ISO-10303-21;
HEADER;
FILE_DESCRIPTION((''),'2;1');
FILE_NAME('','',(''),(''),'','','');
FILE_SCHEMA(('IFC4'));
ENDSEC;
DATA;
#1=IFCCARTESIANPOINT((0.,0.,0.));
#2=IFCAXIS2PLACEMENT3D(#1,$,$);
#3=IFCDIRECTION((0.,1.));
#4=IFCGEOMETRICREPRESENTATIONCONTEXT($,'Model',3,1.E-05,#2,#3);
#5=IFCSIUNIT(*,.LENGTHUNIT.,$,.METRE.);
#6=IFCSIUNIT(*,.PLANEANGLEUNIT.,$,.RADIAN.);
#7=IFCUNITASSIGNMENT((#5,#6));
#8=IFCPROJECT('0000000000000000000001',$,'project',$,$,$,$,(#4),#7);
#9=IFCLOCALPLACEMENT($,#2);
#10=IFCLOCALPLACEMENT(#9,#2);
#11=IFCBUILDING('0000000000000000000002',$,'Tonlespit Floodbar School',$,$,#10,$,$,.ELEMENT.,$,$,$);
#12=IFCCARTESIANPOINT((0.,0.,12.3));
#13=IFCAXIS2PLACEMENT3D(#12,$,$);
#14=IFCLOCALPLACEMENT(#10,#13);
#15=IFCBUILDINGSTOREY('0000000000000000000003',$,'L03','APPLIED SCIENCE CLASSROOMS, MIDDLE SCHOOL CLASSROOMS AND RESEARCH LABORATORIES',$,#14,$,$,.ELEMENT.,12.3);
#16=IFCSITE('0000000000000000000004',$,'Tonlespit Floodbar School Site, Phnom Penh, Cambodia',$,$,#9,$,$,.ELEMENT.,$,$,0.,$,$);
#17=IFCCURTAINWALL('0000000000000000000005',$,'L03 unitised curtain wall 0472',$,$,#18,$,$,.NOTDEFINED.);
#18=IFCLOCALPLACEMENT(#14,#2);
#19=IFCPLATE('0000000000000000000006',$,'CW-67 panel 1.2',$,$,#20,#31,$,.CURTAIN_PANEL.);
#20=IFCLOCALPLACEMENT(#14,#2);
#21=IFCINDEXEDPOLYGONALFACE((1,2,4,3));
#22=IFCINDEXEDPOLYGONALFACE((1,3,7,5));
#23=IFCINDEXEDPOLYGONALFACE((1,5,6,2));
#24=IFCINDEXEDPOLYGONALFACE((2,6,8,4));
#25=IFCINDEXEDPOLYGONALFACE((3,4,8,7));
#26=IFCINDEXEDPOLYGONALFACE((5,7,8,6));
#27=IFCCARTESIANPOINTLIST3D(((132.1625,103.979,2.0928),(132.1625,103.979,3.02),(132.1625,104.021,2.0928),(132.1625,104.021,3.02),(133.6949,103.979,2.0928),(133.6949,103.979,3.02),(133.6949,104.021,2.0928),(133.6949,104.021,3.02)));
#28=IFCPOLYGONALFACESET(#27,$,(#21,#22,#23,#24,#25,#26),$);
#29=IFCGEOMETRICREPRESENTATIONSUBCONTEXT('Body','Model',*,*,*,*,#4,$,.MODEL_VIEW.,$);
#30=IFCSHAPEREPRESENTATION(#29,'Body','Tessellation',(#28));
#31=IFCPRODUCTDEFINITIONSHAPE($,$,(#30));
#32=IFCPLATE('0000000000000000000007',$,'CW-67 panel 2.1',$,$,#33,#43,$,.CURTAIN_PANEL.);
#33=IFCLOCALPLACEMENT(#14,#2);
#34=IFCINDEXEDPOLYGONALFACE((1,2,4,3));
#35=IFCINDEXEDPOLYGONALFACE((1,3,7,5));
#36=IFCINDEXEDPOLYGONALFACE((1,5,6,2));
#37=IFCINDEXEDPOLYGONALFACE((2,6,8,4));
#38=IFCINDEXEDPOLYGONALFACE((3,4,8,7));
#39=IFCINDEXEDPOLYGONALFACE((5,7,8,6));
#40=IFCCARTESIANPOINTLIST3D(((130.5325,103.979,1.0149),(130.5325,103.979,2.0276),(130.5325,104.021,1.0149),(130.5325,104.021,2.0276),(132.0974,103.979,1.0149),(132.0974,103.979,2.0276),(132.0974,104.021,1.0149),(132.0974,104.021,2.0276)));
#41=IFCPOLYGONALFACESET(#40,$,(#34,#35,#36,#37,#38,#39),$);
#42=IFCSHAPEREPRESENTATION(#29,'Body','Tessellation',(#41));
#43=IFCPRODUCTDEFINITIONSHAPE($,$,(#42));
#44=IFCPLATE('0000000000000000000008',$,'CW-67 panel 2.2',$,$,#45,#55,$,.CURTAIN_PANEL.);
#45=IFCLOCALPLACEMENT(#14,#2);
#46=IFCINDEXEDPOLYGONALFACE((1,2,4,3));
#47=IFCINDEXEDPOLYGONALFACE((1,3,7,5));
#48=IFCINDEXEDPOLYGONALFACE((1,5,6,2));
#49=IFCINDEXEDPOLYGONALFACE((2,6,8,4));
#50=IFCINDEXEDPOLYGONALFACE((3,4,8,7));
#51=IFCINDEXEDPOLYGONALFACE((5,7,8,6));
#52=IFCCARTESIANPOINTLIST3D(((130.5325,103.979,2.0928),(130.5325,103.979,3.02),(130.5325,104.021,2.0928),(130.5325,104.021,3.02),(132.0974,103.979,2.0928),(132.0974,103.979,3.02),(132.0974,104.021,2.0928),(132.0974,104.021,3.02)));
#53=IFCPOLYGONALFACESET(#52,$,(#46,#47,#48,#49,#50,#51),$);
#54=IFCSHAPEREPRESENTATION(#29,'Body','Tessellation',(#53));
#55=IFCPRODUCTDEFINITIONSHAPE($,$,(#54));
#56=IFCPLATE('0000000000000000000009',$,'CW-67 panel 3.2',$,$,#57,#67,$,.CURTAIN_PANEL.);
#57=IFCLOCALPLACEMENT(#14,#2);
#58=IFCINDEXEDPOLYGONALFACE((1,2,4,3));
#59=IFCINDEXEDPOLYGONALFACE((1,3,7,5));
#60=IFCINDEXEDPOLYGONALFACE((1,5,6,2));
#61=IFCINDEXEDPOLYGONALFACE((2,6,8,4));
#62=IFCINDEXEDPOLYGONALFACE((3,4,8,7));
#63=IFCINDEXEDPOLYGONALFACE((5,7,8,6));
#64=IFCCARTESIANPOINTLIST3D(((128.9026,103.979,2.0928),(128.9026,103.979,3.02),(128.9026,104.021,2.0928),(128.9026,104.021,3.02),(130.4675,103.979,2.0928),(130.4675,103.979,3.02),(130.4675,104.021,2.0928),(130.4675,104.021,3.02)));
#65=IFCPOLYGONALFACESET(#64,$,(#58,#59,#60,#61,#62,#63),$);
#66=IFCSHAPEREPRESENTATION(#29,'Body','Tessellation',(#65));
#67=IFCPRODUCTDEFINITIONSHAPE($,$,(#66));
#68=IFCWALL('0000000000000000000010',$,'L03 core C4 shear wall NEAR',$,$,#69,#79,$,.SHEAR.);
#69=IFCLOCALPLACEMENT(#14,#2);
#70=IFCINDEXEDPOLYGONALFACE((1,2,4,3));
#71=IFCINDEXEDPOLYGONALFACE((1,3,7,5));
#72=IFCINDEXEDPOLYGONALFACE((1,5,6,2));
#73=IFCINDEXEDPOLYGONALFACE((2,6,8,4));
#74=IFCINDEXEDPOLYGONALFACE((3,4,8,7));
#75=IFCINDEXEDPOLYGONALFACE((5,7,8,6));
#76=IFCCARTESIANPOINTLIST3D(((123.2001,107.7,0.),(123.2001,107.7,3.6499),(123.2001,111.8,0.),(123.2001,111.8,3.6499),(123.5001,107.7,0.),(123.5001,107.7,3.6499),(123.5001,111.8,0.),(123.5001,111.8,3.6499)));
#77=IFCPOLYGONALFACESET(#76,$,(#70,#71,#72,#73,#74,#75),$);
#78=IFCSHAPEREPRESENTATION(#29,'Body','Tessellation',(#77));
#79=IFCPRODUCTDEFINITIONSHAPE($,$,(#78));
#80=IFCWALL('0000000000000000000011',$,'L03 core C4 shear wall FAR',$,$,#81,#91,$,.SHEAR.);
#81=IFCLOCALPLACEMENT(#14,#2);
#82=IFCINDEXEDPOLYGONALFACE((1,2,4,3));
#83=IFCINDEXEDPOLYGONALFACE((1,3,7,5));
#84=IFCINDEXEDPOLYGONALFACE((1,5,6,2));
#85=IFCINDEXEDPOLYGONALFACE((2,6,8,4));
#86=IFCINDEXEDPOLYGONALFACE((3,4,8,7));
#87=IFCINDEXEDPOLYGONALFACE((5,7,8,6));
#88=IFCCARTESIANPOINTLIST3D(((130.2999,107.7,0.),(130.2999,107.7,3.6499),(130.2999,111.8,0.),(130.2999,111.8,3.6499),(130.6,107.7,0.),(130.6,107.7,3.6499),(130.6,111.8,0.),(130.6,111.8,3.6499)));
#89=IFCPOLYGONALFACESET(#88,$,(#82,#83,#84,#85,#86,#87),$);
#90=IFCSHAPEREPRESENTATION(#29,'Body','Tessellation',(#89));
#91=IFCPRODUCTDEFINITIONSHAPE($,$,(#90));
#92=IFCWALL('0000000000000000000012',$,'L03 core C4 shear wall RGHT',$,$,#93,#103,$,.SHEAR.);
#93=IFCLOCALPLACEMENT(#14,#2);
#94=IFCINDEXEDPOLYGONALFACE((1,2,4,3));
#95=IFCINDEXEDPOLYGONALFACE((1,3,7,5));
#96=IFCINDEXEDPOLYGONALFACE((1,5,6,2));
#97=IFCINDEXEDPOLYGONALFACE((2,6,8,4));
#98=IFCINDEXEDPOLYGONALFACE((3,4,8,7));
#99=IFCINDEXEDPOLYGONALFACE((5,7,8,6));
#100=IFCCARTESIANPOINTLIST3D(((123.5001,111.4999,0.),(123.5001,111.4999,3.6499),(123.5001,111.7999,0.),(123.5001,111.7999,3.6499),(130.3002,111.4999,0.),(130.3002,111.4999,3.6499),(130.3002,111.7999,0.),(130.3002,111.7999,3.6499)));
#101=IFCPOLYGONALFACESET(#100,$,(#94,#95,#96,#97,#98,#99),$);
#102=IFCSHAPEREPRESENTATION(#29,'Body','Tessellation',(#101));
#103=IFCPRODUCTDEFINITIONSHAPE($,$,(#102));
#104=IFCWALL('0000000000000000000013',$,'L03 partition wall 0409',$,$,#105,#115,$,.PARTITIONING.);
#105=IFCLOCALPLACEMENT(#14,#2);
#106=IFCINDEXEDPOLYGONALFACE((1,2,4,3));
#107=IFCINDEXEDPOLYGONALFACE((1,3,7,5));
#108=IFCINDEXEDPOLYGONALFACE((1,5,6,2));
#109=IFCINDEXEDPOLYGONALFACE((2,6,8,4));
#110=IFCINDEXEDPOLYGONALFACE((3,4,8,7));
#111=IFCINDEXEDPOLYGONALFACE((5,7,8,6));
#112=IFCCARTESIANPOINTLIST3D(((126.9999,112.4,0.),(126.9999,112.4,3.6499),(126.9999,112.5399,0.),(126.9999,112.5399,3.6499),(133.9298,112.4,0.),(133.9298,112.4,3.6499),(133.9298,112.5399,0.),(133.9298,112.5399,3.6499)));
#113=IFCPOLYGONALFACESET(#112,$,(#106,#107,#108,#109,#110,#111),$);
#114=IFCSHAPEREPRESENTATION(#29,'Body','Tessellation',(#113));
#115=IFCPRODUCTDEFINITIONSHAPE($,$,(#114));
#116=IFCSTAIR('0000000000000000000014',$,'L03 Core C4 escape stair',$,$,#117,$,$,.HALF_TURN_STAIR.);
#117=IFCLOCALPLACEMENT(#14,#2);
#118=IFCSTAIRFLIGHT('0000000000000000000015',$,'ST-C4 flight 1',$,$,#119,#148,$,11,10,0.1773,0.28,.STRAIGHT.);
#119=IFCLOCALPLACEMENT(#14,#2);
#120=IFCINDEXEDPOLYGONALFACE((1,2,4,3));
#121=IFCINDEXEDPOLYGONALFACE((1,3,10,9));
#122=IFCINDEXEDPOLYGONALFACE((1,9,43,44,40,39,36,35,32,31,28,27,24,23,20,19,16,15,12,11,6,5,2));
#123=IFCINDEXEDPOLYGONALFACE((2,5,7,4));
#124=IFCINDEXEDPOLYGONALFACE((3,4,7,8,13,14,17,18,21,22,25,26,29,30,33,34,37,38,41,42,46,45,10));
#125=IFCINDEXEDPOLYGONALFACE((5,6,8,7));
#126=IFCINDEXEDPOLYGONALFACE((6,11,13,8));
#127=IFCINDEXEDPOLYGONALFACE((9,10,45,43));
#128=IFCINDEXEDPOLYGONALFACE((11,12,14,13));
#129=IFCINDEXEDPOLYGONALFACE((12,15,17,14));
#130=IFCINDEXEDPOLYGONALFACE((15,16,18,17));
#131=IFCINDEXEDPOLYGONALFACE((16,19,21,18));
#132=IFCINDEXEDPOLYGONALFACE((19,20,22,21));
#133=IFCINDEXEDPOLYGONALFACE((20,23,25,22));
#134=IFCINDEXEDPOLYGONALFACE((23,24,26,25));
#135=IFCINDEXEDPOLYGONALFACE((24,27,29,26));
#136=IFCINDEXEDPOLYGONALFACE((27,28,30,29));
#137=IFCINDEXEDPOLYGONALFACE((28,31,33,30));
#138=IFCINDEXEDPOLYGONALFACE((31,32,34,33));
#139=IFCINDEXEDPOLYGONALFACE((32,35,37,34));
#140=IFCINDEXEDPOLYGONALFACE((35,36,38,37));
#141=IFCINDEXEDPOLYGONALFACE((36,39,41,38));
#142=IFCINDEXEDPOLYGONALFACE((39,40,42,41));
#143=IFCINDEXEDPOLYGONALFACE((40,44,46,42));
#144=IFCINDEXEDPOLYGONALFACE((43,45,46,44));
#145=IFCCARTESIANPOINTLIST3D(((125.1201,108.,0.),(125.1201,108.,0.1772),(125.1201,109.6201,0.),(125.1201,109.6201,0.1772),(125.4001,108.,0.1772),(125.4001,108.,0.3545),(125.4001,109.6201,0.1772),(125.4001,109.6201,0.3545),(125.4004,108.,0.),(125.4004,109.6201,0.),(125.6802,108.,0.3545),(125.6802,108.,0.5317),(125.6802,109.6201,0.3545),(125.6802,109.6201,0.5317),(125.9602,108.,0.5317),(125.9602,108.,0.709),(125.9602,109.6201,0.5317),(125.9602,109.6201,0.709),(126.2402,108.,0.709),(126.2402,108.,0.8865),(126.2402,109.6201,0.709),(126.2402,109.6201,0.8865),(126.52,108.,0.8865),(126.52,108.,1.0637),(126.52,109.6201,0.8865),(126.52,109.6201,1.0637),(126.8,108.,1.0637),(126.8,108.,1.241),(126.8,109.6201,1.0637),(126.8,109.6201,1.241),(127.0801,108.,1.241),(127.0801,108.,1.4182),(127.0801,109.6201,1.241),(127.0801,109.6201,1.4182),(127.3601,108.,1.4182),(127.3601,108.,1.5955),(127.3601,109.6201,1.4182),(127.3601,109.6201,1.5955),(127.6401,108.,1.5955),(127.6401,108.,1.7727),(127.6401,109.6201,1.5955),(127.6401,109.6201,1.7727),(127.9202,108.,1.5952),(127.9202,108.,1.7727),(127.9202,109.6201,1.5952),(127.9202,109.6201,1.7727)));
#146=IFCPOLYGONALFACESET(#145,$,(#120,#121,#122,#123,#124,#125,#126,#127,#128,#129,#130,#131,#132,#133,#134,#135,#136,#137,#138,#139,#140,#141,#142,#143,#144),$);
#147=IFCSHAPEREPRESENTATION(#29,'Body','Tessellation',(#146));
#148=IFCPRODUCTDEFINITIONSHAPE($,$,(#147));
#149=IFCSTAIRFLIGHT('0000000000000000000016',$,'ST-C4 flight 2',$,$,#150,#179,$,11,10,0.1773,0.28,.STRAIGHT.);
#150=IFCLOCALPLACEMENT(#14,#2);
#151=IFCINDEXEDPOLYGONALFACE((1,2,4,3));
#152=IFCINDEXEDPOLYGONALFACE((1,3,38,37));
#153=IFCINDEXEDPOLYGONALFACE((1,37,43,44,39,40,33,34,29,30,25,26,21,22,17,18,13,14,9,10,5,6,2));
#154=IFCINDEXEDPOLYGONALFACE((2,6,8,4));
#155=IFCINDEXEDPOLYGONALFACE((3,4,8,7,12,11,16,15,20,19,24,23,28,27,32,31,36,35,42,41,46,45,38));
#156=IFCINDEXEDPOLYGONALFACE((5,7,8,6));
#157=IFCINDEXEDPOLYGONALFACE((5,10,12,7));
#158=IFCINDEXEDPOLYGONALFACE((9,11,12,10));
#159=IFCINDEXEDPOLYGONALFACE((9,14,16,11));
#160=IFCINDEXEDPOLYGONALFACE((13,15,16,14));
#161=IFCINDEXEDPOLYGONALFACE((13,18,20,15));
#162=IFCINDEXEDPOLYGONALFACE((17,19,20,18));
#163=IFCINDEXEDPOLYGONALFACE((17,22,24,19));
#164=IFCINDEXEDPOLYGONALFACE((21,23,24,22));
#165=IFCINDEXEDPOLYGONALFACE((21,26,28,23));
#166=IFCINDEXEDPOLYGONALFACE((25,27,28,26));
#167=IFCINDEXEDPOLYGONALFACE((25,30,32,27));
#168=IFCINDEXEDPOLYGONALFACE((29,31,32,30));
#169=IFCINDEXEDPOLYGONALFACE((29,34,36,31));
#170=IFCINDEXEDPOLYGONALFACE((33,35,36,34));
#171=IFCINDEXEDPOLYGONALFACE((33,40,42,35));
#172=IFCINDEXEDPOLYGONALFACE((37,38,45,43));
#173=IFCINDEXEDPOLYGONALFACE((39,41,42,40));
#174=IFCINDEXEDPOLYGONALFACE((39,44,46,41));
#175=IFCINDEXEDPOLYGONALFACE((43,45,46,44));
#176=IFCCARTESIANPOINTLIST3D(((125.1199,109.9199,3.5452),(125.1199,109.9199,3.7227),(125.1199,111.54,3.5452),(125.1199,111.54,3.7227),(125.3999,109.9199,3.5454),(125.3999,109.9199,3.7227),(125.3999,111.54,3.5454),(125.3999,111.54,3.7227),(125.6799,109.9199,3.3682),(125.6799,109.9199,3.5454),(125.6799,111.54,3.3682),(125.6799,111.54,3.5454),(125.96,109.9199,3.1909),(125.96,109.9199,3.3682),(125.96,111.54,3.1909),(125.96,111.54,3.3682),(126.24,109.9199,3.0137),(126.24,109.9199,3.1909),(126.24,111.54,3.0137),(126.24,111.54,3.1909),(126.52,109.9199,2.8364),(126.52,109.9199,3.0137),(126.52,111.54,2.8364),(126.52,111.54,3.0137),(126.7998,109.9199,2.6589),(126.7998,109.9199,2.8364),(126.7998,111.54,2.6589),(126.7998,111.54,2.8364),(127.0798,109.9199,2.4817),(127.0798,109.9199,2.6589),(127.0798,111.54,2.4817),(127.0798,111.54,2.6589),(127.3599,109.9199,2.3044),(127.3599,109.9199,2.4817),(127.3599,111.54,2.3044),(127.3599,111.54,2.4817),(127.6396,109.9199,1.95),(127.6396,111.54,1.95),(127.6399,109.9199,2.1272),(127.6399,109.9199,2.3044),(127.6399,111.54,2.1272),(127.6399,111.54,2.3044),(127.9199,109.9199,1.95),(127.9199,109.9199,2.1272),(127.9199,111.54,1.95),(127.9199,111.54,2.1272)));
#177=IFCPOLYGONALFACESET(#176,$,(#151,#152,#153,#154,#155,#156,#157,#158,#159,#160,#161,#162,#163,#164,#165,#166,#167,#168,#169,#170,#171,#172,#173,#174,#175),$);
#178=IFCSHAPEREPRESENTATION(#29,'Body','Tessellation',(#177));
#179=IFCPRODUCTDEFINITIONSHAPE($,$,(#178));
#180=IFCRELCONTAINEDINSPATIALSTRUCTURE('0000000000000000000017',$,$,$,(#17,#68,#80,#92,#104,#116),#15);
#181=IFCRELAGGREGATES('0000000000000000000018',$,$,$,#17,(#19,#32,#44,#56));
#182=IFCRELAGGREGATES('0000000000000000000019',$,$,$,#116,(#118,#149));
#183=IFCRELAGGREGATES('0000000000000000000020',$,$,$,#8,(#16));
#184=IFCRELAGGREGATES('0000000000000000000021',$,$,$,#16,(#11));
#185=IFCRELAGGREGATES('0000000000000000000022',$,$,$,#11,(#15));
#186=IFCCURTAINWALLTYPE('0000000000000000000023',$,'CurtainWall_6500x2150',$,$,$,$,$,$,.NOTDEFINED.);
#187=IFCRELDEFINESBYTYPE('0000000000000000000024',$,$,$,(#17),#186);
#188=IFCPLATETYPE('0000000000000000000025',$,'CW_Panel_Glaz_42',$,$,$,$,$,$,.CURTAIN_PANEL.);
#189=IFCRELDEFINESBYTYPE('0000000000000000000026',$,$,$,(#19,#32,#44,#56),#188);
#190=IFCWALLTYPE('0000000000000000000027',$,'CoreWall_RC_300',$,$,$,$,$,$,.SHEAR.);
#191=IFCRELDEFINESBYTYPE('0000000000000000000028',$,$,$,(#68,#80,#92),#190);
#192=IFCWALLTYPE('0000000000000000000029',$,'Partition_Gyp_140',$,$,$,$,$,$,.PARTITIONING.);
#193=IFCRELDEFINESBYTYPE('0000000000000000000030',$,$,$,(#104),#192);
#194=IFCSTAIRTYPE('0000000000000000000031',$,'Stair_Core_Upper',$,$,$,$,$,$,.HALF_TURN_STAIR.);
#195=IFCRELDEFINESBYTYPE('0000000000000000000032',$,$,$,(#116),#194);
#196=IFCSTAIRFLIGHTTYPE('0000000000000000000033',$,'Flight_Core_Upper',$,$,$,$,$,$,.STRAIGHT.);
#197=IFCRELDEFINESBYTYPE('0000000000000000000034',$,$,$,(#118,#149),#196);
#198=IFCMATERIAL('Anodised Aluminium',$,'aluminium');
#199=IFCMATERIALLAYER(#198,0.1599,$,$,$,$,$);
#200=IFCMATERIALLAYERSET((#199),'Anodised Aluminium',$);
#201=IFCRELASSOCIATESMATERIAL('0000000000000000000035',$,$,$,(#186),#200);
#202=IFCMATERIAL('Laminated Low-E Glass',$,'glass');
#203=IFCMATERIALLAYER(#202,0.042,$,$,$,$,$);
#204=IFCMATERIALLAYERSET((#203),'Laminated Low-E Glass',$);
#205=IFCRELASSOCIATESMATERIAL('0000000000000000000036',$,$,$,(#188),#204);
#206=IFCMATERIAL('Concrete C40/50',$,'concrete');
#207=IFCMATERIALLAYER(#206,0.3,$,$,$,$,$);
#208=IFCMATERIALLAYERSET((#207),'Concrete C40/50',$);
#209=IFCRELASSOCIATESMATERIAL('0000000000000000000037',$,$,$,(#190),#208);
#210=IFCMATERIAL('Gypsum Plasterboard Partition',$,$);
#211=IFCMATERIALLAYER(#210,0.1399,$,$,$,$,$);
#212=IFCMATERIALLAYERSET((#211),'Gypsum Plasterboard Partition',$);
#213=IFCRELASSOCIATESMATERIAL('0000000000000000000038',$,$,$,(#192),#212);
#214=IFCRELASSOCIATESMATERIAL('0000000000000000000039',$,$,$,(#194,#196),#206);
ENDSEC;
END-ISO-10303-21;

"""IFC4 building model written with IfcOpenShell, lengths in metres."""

from ifc_helpers import new_model, si_unit, direction, frame, frame_2d, origin, origin_2d, place, context, subcontext, project, spatial, polyline, rectangle, outline, extrude, material, layer, layer_set, type_object, element, aggregate, save


model = new_model("IFC4")

# Units and contexts
model_context = context("Model", 3, precision=1e-05, world=origin(), true_north=direction((0.0, 1.0)))
body_context = subcontext(model_context, "Body", "Model", "MODEL_VIEW")
ifc_project = project(units=[si_unit("LENGTHUNIT", "METRE"), si_unit("PLANEANGLEUNIT", "RADIAN")], contexts=[model_context])

# Site, building, storey
site_placement = place(None, origin())
site = spatial("IfcSite", under=ifc_project, at=site_placement, Name="Tonlespit Floodbar School Site, Phnom Penh, Cambodia", CompositionType="ELEMENT", RefElevation=0.0)
building_placement = place(site_placement, origin())
building = spatial("IfcBuilding", under=site, at=building_placement, Name="Tonlespit Floodbar School", CompositionType="ELEMENT")
storey_placement = place(building_placement, frame((0.0, 0.0, 12.3)))
storey = spatial("IfcBuildingStorey", under=building, at=storey_placement, Name="L03", Description="APPLIED SCIENCE CLASSROOMS, MIDDLE SCHOOL CLASSROOMS AND RESEARCH LABORATORIES", CompositionType="ELEMENT", Elevation=12.3)

# Curtain wall
ifc_material_1 = material(Name="Anodised Aluminium", Category="aluminium")
ifc_layer_1 = layer(ifc_material_1, 0.1599)
ifc_layer_set_1 = layer_set([ifc_layer_1], Name="Anodised Aluminium")
curtain_wall_type = type_object("IfcCurtainWallType", Name="CurtainWall_6500x2150", PredefinedType="NOTDEFINED", material=ifc_layer_set_1)
curtain_wall_placement = place(storey_placement, origin())
curtain_wall = element("IfcCurtainWall", 1, at=curtain_wall_placement, inside=storey, type_object=curtain_wall_type, Name="L03 unitised curtain wall 0472", PredefinedType="NOTDEFINED")

# Plates
ifc_material_2 = material(Name="Laminated Low-E Glass", Category="glass")
ifc_layer_2 = layer(ifc_material_2, 0.042)
ifc_layer_set_2 = layer_set([ifc_layer_2], Name="Laminated Low-E Glass")
plate_type = type_object("IfcPlateType", Name="CW_Panel_Glaz_42", PredefinedType="CURTAIN_PANEL", material=ifc_layer_set_2)
plate_1_placement = place(storey_placement, frame((132.9287, 104.0, 2.0928), z_axis=(0.0, 0.0, 1.0), x_axis=(-1.0, 0.0, 0.0)))
plate_1 = element("IfcPlate", 2, at=plate_1_placement, type_object=plate_type, Name="CW-67 panel 1.2", PredefinedType="CURTAIN_PANEL", context=body_context, shape_type="SweptSolid", body=[
    extrude(rectangle(XDim=1.5325, YDim=0.042, at=origin_2d()), origin(), (0.0, 0.0, 1.0), 0.9272),
])
plate_2_placement = place(storey_placement, frame((131.3149, 104.0, 1.0149), z_axis=(0.0, 0.0, 1.0), x_axis=(-1.0, 0.0, 0.0)))
plate_2 = element("IfcPlate", 3, at=plate_2_placement, type_object=plate_type, Name="CW-67 panel 2.1", PredefinedType="CURTAIN_PANEL", context=body_context, shape_type="SweptSolid", body=[
    extrude(rectangle(XDim=1.5649, YDim=0.042, at=origin_2d()), origin(), (0.0, 0.0, 1.0), 1.0127),
])
plate_3_placement = place(storey_placement, frame((131.3149, 104.0, 2.0928), z_axis=(0.0, 0.0, 1.0), x_axis=(-1.0, 0.0, 0.0)))
plate_3 = element("IfcPlate", 4, at=plate_3_placement, type_object=plate_type, Name="CW-67 panel 2.2", PredefinedType="CURTAIN_PANEL", context=body_context, shape_type="SweptSolid", body=[
    extrude(rectangle(XDim=1.5649, YDim=0.042, at=origin_2d()), origin(), (0.0, 0.0, 1.0), 0.9272),
])
plate_4_placement = place(storey_placement, frame((129.6851, 104.0, 2.0928), z_axis=(0.0, 0.0, 1.0), x_axis=(-1.0, 0.0, 0.0)))
plate_4 = element("IfcPlate", 5, at=plate_4_placement, type_object=plate_type, Name="CW-67 panel 3.2", PredefinedType="CURTAIN_PANEL", context=body_context, shape_type="SweptSolid", body=[
    extrude(rectangle(XDim=1.5649, YDim=0.042, at=origin_2d()), origin(), (0.0, 0.0, 1.0), 0.9272),
])
aggregate(curtain_wall, [plate_1, plate_2, plate_3, plate_4])

# Walls
ifc_material_3 = material(Name="Concrete C40/50", Category="concrete")
ifc_layer_3 = layer(ifc_material_3, 0.3)
ifc_layer_set_3 = layer_set([ifc_layer_3], Name="Concrete C40/50")
wall_type_1 = type_object("IfcWallType", Name="CoreWall_RC_300", PredefinedType="SHEAR", material=ifc_layer_set_3)
for number, where, z_axis, x_axis, name in (
    (6, (123.3501, 107.7, 0.0), (0.0, 0.0, 1.0), (0.0, 1.0, 0.0), "L03 core C4 shear wall NEAR"),
    (7, (130.45, 111.8, 0.0), (0.0, 0.0, 1.0), (0.0, -1.0, 0.0), "L03 core C4 shear wall FAR"),
):
    element("IfcWall", number, at=place(storey_placement, frame(where, z_axis=z_axis, x_axis=x_axis)), inside=storey, type_object=wall_type_1, Name=name, PredefinedType="SHEAR", context=body_context, shape_type="SweptSolid", body=[
        extrude(rectangle(XDim=4.1001, YDim=0.3, at=frame_2d((2.05, 0.0))), origin(), (0.0, 0.0, 1.0), 3.6499),
    ])

# Walls
wall_1_placement = place(storey_placement, frame((130.3, 111.6499, 0.0), z_axis=(0.0, 0.0, 1.0), x_axis=(-1.0, 0.0, 0.0)))
element("IfcWall", 8, at=wall_1_placement, inside=storey, type_object=wall_type_1, Name="L03 core C4 shear wall RGHT", PredefinedType="SHEAR", context=body_context, shape_type="SweptSolid", body=[
    extrude(rectangle(XDim=6.8, YDim=0.3, at=frame_2d((3.3999, 0.0))), origin(), (0.0, 0.0, 1.0), 3.6499),
])
ifc_material_4 = material(Name="Gypsum Plasterboard Partition")
ifc_layer_4 = layer(ifc_material_4, 0.1399)
ifc_layer_set_4 = layer_set([ifc_layer_4], Name="Gypsum Plasterboard Partition")
wall_type_2 = type_object("IfcWallType", Name="Partition_Gyp_140", PredefinedType="PARTITIONING", material=ifc_layer_set_4)
wall_2_placement = place(storey_placement, frame((127.0, 112.47, 0.0), z_axis=(0.0, 0.0, 1.0), x_axis=(1.0, 0.0, 0.0)))
element("IfcWall", 9, at=wall_2_placement, inside=storey, type_object=wall_type_2, Name="L03 partition wall 0409", PredefinedType="PARTITIONING", context=body_context, shape_type="SweptSolid", body=[
    extrude(rectangle(XDim=6.9299, YDim=0.1399, at=frame_2d((3.4648, 0.0))), origin(), (0.0, 0.0, 1.0), 3.6499),
])

# Stair, stair flights
stair_type = type_object("IfcStairType", Name="Stair_Core_Upper", PredefinedType="HALF_TURN_STAIR", material=ifc_material_3)
stair_placement = place(storey_placement, origin())
stair = element("IfcStair", 10, at=stair_placement, inside=storey, type_object=stair_type, Name="L03 Core C4 escape stair", PredefinedType="HALF_TURN_STAIR")
stair_flight_type = type_object("IfcStairFlightType", Name="Flight_Core_Upper", PredefinedType="STRAIGHT", material=ifc_material_3)
stair_flight_1_placement = place(storey_placement, frame((125.1201, 108.8101, 0.0), z_axis=(0.0, 0.0, 1.0), x_axis=(1.0, 0.0, 0.0)))
stair_flight_1 = element("IfcStairFlight", 11, at=stair_flight_1_placement, type_object=stair_flight_type, Name="ST-C4 flight 1", NumberOfRisers=11, NumberOfTreads=10, PredefinedType="STRAIGHT", RiserHeight=0.1773, TreadLength=0.28, context=body_context, shape_type="SweptSolid", body=[
    extrude(outline(polyline([(0.0, 0.0), (0.0, 0.1772), (0.28, 0.1772), (0.28, 0.3545), (0.5601, 0.3545), (0.5601, 0.5317), (0.8401, 0.5317), (0.8401, 0.709), (1.1201, 0.709), (1.1201, 0.8865), (1.3999, 0.8865), (1.3999, 1.0637), (1.6799, 1.0637), (1.6799, 1.241), (1.96, 1.241), (1.96, 1.4182), (2.24, 1.4182), (2.24, 1.5955), (2.52, 1.5955), (2.52, 1.7727), (2.8, 1.7727), (2.8, 1.95), (2.8, 1.5952), (0.2803, 0.0), (0.0, 0.0)])), frame((0.0, 0.8101, 0.0), z_axis=(0.0, -1.0, 0.0), x_axis=(1.0, 0.0, 0.0)), (0.0, 0.0, 1.0), 1.6201),
])
stair_flight_2_placement = place(storey_placement, frame((127.9199, 110.73, 1.95), z_axis=(0.0, 0.0, 1.0), x_axis=(-1.0, 0.0, 0.0)))
stair_flight_2 = element("IfcStairFlight", 12, at=stair_flight_2_placement, type_object=stair_flight_type, Name="ST-C4 flight 2", NumberOfRisers=11, NumberOfTreads=10, PredefinedType="STRAIGHT", RiserHeight=0.1773, TreadLength=0.28, context=body_context, shape_type="SweptSolid", body=[
    extrude(outline(polyline([(0.0, 0.0), (0.0, 0.1772), (0.28, 0.1772), (0.28, 0.3545), (0.5601, 0.3545), (0.5601, 0.5317), (0.8401, 0.5317), (0.8401, 0.709), (1.1201, 0.709), (1.1201, 0.8865), (1.3999, 0.8865), (1.3999, 1.0637), (1.6799, 1.0637), (1.6799, 1.241), (1.96, 1.241), (1.96, 1.4182), (2.24, 1.4182), (2.24, 1.5955), (2.52, 1.5955), (2.52, 1.7727), (2.8, 1.7727), (2.8, 1.95), (2.8, 1.5952), (0.2803, 0.0), (0.0, 0.0)])), frame((0.0, 0.8101, 0.0), z_axis=(0.0, -1.0, 0.0), x_axis=(1.0, 0.0, 0.0)), (0.0, 0.0, 1.0), 1.6201),
])
aggregate(stair, [stair_flight_1, stair_flight_2])

save(model, "model.ifc")
